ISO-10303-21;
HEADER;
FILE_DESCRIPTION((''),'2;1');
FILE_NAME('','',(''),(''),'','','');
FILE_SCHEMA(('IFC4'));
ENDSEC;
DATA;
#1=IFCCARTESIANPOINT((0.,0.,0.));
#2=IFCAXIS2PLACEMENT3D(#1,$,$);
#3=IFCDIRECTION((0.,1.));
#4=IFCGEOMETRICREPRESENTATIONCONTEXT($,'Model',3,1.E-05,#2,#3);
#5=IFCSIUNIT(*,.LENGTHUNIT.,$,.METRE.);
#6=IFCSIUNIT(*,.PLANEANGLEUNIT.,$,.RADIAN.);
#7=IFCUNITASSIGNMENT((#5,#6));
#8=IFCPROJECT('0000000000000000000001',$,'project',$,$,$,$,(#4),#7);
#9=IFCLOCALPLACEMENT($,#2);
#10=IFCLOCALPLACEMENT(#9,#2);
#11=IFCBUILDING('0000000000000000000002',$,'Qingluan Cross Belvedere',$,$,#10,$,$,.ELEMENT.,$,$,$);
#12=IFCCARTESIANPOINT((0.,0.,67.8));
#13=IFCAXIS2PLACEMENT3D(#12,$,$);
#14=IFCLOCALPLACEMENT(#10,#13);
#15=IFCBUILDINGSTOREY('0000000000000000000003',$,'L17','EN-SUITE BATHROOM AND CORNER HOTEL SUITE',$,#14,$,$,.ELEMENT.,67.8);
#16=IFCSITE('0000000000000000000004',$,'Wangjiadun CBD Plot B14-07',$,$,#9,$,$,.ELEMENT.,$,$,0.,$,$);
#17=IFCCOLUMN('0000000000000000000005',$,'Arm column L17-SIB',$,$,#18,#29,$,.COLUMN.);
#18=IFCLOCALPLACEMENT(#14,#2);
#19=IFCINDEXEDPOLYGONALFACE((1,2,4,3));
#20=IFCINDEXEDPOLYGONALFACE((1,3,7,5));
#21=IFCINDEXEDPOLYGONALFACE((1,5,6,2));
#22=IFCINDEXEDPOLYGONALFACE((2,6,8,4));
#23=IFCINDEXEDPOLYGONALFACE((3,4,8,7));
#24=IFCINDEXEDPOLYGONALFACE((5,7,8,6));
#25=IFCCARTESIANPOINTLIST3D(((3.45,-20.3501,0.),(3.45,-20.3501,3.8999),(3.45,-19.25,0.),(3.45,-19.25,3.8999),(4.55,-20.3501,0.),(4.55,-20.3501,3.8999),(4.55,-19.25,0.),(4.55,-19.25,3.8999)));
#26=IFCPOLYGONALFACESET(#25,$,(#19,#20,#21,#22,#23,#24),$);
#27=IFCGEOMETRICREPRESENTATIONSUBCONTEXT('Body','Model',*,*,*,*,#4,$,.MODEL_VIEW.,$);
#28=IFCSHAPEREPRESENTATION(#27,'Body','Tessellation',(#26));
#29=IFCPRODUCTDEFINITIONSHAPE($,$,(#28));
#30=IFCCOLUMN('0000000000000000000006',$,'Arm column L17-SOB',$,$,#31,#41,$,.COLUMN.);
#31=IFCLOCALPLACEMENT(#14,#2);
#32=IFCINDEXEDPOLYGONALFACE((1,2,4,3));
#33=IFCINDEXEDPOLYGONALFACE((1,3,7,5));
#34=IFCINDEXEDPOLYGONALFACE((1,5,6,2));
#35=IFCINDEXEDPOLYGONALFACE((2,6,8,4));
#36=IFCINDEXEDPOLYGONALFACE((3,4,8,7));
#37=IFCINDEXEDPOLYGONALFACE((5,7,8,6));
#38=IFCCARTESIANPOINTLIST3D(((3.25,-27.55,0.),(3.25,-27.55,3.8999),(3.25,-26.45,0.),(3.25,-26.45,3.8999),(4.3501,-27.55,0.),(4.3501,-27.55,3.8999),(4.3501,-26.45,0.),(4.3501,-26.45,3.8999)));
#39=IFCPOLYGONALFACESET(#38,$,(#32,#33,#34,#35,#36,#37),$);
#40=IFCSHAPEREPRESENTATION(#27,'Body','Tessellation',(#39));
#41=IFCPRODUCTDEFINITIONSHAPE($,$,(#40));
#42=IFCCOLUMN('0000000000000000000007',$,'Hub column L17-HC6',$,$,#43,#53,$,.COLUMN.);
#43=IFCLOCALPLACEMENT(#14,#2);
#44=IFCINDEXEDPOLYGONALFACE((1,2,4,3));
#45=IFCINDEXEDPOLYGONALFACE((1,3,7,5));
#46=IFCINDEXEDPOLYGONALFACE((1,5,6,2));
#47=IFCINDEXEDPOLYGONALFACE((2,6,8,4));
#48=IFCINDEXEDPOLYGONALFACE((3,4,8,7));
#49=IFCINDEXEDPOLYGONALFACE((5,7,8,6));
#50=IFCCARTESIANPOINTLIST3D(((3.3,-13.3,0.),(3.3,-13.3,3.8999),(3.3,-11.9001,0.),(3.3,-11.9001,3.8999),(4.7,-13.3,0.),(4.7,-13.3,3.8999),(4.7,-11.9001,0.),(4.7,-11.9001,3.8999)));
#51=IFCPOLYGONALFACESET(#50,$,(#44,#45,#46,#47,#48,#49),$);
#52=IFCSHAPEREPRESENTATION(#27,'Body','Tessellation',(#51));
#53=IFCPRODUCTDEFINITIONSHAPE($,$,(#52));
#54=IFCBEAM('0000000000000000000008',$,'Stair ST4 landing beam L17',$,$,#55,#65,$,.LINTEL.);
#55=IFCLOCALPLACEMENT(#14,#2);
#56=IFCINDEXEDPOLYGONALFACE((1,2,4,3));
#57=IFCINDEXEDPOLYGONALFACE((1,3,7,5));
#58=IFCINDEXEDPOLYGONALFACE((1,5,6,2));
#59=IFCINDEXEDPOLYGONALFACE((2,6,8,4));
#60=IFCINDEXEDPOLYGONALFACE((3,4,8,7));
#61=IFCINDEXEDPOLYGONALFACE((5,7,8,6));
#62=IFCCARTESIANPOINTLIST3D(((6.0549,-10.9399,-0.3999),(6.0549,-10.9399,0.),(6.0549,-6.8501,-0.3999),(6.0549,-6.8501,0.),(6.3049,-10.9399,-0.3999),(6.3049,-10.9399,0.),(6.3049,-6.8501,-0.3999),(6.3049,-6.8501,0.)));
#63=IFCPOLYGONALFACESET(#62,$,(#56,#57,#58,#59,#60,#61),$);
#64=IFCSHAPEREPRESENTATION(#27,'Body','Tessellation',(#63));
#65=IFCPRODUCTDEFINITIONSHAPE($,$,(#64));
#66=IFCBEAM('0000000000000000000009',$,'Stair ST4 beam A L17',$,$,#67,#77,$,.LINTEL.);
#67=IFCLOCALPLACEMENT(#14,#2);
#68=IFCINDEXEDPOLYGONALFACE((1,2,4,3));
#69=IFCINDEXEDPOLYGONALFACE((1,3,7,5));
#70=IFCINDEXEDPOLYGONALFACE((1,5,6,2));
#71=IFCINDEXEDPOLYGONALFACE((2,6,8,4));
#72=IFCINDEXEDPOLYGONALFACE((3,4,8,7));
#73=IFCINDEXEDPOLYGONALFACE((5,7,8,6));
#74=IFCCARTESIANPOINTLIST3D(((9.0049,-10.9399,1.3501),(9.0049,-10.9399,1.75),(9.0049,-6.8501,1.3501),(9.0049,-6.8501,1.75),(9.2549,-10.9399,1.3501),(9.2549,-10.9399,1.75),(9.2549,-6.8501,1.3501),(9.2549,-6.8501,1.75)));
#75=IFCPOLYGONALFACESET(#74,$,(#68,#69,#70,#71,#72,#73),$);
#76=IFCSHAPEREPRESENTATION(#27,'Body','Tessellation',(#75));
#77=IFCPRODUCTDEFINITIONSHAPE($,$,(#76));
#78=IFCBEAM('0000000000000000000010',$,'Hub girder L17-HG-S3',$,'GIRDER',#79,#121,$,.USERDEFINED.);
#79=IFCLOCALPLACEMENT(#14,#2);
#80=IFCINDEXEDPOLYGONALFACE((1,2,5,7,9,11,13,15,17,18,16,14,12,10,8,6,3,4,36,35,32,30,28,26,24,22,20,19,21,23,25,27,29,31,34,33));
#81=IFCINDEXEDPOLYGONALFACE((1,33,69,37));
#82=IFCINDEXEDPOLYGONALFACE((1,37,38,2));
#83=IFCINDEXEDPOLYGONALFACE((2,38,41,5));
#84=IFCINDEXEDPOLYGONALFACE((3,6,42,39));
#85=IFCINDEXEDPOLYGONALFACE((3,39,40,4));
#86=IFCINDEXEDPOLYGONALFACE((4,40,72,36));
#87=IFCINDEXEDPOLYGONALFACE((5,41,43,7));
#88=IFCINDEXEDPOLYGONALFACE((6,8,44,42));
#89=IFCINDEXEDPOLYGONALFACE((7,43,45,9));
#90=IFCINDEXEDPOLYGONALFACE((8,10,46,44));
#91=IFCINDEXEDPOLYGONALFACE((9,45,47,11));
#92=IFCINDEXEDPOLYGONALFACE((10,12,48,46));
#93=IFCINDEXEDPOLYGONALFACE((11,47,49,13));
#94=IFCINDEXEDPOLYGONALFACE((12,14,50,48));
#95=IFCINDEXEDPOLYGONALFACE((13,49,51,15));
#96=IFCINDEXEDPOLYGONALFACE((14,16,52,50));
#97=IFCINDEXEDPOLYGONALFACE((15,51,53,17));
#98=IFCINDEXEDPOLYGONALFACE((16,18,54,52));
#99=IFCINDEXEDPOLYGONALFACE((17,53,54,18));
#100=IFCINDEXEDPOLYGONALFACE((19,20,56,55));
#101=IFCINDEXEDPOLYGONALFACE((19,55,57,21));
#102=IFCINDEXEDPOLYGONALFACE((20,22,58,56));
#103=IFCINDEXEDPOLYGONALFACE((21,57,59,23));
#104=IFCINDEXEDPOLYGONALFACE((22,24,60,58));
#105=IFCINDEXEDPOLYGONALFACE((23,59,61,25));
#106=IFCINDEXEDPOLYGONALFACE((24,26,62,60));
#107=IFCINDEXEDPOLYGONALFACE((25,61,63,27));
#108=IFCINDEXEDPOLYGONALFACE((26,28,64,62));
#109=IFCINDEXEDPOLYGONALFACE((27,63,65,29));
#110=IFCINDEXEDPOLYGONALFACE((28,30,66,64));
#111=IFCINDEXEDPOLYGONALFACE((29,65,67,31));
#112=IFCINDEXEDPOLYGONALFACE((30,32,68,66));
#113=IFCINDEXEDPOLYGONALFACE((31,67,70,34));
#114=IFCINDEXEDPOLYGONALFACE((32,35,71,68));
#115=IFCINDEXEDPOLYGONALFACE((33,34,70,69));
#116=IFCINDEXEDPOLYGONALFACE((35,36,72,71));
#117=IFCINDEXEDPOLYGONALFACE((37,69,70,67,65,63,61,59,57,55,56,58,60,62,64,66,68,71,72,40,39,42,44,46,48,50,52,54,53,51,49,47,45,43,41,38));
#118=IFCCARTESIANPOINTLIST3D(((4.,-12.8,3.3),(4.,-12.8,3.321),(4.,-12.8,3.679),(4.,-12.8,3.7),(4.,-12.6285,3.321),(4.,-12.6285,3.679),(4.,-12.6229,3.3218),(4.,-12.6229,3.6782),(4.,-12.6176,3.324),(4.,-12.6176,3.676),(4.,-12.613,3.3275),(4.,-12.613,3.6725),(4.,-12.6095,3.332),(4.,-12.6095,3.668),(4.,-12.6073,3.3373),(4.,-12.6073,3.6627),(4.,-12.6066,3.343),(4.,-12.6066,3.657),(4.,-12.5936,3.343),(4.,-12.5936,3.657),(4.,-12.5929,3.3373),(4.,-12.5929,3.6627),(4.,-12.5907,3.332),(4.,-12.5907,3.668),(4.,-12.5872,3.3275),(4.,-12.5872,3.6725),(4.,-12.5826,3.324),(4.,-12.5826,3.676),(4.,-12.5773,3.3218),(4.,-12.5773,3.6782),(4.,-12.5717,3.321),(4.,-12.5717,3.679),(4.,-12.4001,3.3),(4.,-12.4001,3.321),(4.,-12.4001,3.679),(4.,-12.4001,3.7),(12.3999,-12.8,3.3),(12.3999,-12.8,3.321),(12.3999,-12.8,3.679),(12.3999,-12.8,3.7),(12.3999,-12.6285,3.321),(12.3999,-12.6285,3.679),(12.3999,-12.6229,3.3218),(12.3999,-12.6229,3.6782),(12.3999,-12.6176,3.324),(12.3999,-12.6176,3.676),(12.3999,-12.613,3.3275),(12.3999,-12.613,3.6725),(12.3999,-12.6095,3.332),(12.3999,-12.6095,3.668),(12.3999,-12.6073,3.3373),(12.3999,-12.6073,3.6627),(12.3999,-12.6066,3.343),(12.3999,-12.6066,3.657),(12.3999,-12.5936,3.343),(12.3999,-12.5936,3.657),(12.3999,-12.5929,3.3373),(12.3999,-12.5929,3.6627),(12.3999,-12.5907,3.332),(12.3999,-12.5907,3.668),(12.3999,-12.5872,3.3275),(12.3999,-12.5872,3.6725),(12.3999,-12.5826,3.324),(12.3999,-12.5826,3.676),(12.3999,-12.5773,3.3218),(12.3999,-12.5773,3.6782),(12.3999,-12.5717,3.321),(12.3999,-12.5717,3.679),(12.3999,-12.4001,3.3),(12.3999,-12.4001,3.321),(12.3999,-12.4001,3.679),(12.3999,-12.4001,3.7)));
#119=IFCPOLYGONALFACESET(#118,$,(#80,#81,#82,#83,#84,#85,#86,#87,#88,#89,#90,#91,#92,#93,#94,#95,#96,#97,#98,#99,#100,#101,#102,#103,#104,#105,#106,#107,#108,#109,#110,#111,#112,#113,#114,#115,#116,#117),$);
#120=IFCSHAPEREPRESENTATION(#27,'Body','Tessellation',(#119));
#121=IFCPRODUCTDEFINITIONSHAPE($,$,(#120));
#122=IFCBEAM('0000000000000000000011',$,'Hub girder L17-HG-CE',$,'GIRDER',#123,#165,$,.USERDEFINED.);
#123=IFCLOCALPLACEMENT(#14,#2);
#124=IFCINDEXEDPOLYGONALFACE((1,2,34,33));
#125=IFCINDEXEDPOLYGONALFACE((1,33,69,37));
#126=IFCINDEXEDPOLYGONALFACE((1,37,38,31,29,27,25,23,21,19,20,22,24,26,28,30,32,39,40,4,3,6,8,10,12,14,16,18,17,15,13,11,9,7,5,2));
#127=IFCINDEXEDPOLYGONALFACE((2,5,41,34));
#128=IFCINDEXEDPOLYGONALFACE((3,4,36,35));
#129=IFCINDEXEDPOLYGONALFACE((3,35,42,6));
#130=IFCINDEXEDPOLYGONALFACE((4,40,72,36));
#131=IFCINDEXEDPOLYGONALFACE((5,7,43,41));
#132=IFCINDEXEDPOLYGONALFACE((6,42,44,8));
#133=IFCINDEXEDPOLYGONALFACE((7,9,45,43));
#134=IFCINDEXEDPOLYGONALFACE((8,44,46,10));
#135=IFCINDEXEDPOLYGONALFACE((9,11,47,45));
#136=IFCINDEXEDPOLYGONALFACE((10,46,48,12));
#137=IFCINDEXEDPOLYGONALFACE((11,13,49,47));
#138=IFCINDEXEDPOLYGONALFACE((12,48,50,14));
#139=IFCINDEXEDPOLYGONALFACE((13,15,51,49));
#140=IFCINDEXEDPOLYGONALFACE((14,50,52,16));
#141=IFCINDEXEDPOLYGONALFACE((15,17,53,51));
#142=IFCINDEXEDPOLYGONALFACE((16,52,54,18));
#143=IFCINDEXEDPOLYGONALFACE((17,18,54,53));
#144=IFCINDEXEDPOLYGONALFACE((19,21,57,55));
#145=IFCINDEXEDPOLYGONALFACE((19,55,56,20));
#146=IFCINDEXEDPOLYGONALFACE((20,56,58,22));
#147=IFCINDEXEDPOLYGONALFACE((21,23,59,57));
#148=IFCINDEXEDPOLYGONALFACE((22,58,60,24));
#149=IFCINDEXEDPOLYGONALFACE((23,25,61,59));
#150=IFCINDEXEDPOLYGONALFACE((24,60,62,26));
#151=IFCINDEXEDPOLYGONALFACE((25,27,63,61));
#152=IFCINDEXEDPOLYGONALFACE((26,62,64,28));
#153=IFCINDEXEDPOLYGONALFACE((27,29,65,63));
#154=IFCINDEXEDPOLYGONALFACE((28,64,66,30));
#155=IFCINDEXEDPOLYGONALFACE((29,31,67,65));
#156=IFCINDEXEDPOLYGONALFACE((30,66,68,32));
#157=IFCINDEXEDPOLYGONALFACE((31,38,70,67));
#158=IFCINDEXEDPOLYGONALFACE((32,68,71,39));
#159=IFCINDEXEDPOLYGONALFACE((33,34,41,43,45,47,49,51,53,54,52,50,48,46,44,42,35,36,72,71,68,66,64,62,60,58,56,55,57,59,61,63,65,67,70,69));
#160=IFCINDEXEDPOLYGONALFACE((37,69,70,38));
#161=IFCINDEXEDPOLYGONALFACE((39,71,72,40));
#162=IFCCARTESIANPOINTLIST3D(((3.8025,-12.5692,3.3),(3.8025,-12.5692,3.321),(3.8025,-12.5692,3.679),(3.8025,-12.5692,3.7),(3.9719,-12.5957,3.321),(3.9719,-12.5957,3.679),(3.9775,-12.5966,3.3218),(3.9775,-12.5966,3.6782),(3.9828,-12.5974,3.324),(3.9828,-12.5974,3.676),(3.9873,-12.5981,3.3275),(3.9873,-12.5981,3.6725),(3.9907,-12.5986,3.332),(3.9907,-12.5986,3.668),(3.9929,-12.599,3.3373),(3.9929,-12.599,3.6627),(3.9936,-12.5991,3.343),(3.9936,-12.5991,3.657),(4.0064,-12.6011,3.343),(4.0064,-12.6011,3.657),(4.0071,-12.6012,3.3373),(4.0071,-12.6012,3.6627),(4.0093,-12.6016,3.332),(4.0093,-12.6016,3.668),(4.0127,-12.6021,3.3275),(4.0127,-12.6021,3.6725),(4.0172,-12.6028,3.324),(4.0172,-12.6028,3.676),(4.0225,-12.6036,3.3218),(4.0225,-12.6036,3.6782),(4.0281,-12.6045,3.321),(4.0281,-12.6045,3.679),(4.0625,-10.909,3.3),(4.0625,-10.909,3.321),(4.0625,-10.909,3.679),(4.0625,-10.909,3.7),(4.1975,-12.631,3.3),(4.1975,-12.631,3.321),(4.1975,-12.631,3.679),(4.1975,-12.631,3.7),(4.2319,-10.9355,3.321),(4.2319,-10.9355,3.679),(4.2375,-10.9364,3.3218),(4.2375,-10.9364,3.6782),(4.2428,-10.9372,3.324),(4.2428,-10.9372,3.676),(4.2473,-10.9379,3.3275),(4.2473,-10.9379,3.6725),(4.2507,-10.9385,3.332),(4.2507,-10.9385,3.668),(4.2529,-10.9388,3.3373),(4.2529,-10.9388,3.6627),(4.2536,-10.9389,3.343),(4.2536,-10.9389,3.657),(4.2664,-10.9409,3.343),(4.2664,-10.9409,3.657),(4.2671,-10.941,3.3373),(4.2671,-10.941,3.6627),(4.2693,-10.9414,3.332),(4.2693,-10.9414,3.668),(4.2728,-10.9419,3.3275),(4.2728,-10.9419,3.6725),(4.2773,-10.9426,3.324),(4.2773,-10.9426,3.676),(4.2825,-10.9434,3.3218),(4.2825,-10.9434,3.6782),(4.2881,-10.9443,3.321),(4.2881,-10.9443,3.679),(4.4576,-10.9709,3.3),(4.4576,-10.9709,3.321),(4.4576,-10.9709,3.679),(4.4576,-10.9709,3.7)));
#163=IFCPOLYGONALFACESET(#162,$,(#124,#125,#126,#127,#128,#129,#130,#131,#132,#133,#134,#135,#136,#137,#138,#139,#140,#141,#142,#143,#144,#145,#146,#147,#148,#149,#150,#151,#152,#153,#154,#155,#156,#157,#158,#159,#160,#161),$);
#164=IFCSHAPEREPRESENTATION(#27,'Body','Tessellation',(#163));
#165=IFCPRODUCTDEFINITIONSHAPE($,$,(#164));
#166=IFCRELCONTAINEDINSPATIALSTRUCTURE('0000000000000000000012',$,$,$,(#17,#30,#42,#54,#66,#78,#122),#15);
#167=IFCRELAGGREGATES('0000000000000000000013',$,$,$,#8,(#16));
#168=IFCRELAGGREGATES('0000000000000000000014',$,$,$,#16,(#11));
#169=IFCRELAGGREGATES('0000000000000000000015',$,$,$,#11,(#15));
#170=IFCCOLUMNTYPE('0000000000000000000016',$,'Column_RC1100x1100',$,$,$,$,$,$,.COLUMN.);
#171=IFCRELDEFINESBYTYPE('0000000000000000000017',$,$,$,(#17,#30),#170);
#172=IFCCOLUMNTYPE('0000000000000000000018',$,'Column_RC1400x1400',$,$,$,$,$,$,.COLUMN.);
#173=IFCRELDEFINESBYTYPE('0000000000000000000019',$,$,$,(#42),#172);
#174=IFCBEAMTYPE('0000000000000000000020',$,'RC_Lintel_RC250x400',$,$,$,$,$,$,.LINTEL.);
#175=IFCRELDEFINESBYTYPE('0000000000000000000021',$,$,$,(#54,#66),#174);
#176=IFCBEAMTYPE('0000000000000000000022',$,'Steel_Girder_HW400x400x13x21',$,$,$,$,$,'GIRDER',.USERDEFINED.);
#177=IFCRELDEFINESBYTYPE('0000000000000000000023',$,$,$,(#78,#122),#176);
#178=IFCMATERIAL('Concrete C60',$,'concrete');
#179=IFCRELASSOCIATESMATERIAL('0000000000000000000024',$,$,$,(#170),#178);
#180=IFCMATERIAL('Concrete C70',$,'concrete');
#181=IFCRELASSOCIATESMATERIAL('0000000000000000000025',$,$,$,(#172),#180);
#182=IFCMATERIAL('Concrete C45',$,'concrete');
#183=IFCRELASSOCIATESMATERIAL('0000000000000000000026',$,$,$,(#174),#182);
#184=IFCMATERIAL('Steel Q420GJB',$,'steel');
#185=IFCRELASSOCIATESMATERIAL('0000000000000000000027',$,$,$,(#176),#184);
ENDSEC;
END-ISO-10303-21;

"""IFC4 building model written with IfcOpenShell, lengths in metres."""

from ifc_helpers import new_model, si_unit, direction, frame, origin, origin_2d, place, context, subcontext, project, spatial, rectangle, i_section, extrude, material, material_profile, profile_set, type_object, element, save


model = new_model("IFC4")

# Units and contexts
model_context = context("Model", 3, precision=1e-05, world=origin(), true_north=direction((0.0, 1.0)))
body_context = subcontext(model_context, "Body", "Model", "MODEL_VIEW")
ifc_project = project(units=[si_unit("LENGTHUNIT", "METRE"), si_unit("PLANEANGLEUNIT", "RADIAN")], contexts=[model_context])

# Site, building, storey
site_placement = place(None, origin())
site = spatial("IfcSite", under=ifc_project, at=site_placement, Name="Wangjiadun CBD Plot B14-07", CompositionType="ELEMENT", RefElevation=0.0)
building_placement = place(site_placement, origin())
building = spatial("IfcBuilding", under=site, at=building_placement, Name="Qingluan Cross Belvedere", CompositionType="ELEMENT")
storey_placement = place(building_placement, frame((0.0, 0.0, 67.8)))
storey = spatial("IfcBuildingStorey", under=building, at=storey_placement, Name="L17", Description="EN-SUITE BATHROOM AND CORNER HOTEL SUITE", CompositionType="ELEMENT", Elevation=67.8)

# Columns
ifc_material_1 = material(Name="Concrete C60", Category="concrete")
ifc_material_profile_1 = material_profile(ifc_material_1, rectangle(XDim=1.1001, YDim=1.1001, at=origin_2d()), Name="RC1100x1100")
ifc_profile_set_1 = profile_set([ifc_material_profile_1], Name="Concrete C60")
column_type_1 = type_object("IfcColumnType", Name="Column_RC1100x1100", PredefinedType="COLUMN", material=ifc_profile_set_1)
for number, where, z_axis, x_axis, name in (
    (1, (4.0, -19.8, 0.0), (0.0, 0.0, 1.0), (1.0, 0.0, 0.0), "Arm column L17-SIB"),
    (2, (3.8, -27.0, 0.0), (0.0, 0.0, 1.0), (1.0, 0.0, 0.0), "Arm column L17-SOB"),
):
    element("IfcColumn", number, at=place(storey_placement, frame(where, z_axis=z_axis, x_axis=x_axis)), inside=storey, type_object=column_type_1, Name=name, PredefinedType="COLUMN", context=body_context, shape_type="SweptSolid", body=[
        extrude(rectangle(XDim=1.1001, YDim=1.1001, at=origin_2d()), origin(), (0.0, 0.0, 1.0), 3.8999),
    ])
ifc_material_2 = material(Name="Concrete C70", Category="concrete")
ifc_material_profile_2 = material_profile(ifc_material_2, rectangle(XDim=1.3999, YDim=1.3999, at=origin_2d()), Name="RC1400x1400")
ifc_profile_set_2 = profile_set([ifc_material_profile_2], Name="Concrete C70")
column_type_2 = type_object("IfcColumnType", Name="Column_RC1400x1400", PredefinedType="COLUMN", material=ifc_profile_set_2)
column_placement = place(storey_placement, frame((4.0, -12.6001, 0.0), z_axis=(0.0, 0.0, 1.0), x_axis=(1.0, 0.0, 0.0)))
element("IfcColumn", 3, at=column_placement, inside=storey, type_object=column_type_2, Name="Hub column L17-HC6", PredefinedType="COLUMN", context=body_context, shape_type="SweptSolid", body=[
    extrude(rectangle(XDim=1.3999, YDim=1.3999, at=origin_2d()), origin(), (0.0, 0.0, 1.0), 3.8999),
])

# Beams
ifc_material_3 = material(Name="Concrete C45", Category="concrete")
ifc_material_profile_3 = material_profile(ifc_material_3, rectangle(XDim=0.25, YDim=0.3999, at=origin_2d()), Name="RC250x400")
ifc_profile_set_3 = profile_set([ifc_material_profile_3], Name="Concrete C45")
beam_type_1 = type_object("IfcBeamType", Name="RC_Lintel_RC250x400", PredefinedType="LINTEL", material=ifc_profile_set_3)
for number, where, z_axis, x_axis, name in (
    (4, (6.1799, -10.9399, -0.2), (0.0, 1.0, 0.0), (-1.0, 0.0, 0.0), "Stair ST4 landing beam L17"),
    (5, (9.1299, -10.9399, 1.55), (0.0, 1.0, 0.0), (-1.0, 0.0, 0.0), "Stair ST4 beam A L17"),
):
    element("IfcBeam", number, at=place(storey_placement, frame(where, z_axis=z_axis, x_axis=x_axis)), inside=storey, type_object=beam_type_1, Name=name, PredefinedType="LINTEL", context=body_context, shape_type="SweptSolid", body=[
        extrude(rectangle(XDim=0.25, YDim=0.3999, at=origin_2d()), origin(), (0.0, 0.0, 1.0), 4.0898),
    ])
ifc_material_4 = material(Name="Steel Q420GJB", Category="steel")
ifc_material_profile_4 = material_profile(ifc_material_4, i_section(OverallWidth=0.3999, OverallDepth=0.3999, WebThickness=0.0129, FlangeThickness=0.021, FilletRadius=0.022, at=origin_2d()), Name="HW400x400x13x21")
ifc_profile_set_4 = profile_set([ifc_material_profile_4], Name="Steel Q420GJB")
beam_type_2 = type_object("IfcBeamType", Name="Steel_Girder_HW400x400x13x21", ElementType="GIRDER", PredefinedType="USERDEFINED", material=ifc_profile_set_4)
beam_1_placement = place(storey_placement, frame((4.0, -12.6001, 3.5), z_axis=(1.0, 0.0, 0.0), x_axis=(0.0, 1.0, 0.0)))
element("IfcBeam", 6, at=beam_1_placement, inside=storey, type_object=beam_type_2, Name="Hub girder L17-HG-S3", ObjectType="GIRDER", PredefinedType="USERDEFINED", context=body_context, shape_type="SweptSolid", body=[
    extrude(i_section(OverallWidth=0.3999, OverallDepth=0.3999, WebThickness=0.0129, FlangeThickness=0.021, FilletRadius=0.022, at=origin_2d()), origin(), (0.0, 0.0, 1.0), 8.3999),
])
beam_2_placement = place(storey_placement, frame((4.0, -12.6001, 3.5), z_axis=(0.154731, 0.987957, 0.0), x_axis=(-0.987957, 0.154731, 0.0)))
element("IfcBeam", 7, at=beam_2_placement, inside=storey, type_object=beam_type_2, Name="Hub girder L17-HG-CE", ObjectType="GIRDER", PredefinedType="USERDEFINED", context=body_context, shape_type="SweptSolid", body=[
    extrude(i_section(OverallWidth=0.3999, OverallDepth=0.3999, WebThickness=0.0129, FlangeThickness=0.021, FilletRadius=0.022, at=origin_2d()), origin(), (0.0, 0.0, 1.0), 1.6804),
])

save(model, "model.ifc")
